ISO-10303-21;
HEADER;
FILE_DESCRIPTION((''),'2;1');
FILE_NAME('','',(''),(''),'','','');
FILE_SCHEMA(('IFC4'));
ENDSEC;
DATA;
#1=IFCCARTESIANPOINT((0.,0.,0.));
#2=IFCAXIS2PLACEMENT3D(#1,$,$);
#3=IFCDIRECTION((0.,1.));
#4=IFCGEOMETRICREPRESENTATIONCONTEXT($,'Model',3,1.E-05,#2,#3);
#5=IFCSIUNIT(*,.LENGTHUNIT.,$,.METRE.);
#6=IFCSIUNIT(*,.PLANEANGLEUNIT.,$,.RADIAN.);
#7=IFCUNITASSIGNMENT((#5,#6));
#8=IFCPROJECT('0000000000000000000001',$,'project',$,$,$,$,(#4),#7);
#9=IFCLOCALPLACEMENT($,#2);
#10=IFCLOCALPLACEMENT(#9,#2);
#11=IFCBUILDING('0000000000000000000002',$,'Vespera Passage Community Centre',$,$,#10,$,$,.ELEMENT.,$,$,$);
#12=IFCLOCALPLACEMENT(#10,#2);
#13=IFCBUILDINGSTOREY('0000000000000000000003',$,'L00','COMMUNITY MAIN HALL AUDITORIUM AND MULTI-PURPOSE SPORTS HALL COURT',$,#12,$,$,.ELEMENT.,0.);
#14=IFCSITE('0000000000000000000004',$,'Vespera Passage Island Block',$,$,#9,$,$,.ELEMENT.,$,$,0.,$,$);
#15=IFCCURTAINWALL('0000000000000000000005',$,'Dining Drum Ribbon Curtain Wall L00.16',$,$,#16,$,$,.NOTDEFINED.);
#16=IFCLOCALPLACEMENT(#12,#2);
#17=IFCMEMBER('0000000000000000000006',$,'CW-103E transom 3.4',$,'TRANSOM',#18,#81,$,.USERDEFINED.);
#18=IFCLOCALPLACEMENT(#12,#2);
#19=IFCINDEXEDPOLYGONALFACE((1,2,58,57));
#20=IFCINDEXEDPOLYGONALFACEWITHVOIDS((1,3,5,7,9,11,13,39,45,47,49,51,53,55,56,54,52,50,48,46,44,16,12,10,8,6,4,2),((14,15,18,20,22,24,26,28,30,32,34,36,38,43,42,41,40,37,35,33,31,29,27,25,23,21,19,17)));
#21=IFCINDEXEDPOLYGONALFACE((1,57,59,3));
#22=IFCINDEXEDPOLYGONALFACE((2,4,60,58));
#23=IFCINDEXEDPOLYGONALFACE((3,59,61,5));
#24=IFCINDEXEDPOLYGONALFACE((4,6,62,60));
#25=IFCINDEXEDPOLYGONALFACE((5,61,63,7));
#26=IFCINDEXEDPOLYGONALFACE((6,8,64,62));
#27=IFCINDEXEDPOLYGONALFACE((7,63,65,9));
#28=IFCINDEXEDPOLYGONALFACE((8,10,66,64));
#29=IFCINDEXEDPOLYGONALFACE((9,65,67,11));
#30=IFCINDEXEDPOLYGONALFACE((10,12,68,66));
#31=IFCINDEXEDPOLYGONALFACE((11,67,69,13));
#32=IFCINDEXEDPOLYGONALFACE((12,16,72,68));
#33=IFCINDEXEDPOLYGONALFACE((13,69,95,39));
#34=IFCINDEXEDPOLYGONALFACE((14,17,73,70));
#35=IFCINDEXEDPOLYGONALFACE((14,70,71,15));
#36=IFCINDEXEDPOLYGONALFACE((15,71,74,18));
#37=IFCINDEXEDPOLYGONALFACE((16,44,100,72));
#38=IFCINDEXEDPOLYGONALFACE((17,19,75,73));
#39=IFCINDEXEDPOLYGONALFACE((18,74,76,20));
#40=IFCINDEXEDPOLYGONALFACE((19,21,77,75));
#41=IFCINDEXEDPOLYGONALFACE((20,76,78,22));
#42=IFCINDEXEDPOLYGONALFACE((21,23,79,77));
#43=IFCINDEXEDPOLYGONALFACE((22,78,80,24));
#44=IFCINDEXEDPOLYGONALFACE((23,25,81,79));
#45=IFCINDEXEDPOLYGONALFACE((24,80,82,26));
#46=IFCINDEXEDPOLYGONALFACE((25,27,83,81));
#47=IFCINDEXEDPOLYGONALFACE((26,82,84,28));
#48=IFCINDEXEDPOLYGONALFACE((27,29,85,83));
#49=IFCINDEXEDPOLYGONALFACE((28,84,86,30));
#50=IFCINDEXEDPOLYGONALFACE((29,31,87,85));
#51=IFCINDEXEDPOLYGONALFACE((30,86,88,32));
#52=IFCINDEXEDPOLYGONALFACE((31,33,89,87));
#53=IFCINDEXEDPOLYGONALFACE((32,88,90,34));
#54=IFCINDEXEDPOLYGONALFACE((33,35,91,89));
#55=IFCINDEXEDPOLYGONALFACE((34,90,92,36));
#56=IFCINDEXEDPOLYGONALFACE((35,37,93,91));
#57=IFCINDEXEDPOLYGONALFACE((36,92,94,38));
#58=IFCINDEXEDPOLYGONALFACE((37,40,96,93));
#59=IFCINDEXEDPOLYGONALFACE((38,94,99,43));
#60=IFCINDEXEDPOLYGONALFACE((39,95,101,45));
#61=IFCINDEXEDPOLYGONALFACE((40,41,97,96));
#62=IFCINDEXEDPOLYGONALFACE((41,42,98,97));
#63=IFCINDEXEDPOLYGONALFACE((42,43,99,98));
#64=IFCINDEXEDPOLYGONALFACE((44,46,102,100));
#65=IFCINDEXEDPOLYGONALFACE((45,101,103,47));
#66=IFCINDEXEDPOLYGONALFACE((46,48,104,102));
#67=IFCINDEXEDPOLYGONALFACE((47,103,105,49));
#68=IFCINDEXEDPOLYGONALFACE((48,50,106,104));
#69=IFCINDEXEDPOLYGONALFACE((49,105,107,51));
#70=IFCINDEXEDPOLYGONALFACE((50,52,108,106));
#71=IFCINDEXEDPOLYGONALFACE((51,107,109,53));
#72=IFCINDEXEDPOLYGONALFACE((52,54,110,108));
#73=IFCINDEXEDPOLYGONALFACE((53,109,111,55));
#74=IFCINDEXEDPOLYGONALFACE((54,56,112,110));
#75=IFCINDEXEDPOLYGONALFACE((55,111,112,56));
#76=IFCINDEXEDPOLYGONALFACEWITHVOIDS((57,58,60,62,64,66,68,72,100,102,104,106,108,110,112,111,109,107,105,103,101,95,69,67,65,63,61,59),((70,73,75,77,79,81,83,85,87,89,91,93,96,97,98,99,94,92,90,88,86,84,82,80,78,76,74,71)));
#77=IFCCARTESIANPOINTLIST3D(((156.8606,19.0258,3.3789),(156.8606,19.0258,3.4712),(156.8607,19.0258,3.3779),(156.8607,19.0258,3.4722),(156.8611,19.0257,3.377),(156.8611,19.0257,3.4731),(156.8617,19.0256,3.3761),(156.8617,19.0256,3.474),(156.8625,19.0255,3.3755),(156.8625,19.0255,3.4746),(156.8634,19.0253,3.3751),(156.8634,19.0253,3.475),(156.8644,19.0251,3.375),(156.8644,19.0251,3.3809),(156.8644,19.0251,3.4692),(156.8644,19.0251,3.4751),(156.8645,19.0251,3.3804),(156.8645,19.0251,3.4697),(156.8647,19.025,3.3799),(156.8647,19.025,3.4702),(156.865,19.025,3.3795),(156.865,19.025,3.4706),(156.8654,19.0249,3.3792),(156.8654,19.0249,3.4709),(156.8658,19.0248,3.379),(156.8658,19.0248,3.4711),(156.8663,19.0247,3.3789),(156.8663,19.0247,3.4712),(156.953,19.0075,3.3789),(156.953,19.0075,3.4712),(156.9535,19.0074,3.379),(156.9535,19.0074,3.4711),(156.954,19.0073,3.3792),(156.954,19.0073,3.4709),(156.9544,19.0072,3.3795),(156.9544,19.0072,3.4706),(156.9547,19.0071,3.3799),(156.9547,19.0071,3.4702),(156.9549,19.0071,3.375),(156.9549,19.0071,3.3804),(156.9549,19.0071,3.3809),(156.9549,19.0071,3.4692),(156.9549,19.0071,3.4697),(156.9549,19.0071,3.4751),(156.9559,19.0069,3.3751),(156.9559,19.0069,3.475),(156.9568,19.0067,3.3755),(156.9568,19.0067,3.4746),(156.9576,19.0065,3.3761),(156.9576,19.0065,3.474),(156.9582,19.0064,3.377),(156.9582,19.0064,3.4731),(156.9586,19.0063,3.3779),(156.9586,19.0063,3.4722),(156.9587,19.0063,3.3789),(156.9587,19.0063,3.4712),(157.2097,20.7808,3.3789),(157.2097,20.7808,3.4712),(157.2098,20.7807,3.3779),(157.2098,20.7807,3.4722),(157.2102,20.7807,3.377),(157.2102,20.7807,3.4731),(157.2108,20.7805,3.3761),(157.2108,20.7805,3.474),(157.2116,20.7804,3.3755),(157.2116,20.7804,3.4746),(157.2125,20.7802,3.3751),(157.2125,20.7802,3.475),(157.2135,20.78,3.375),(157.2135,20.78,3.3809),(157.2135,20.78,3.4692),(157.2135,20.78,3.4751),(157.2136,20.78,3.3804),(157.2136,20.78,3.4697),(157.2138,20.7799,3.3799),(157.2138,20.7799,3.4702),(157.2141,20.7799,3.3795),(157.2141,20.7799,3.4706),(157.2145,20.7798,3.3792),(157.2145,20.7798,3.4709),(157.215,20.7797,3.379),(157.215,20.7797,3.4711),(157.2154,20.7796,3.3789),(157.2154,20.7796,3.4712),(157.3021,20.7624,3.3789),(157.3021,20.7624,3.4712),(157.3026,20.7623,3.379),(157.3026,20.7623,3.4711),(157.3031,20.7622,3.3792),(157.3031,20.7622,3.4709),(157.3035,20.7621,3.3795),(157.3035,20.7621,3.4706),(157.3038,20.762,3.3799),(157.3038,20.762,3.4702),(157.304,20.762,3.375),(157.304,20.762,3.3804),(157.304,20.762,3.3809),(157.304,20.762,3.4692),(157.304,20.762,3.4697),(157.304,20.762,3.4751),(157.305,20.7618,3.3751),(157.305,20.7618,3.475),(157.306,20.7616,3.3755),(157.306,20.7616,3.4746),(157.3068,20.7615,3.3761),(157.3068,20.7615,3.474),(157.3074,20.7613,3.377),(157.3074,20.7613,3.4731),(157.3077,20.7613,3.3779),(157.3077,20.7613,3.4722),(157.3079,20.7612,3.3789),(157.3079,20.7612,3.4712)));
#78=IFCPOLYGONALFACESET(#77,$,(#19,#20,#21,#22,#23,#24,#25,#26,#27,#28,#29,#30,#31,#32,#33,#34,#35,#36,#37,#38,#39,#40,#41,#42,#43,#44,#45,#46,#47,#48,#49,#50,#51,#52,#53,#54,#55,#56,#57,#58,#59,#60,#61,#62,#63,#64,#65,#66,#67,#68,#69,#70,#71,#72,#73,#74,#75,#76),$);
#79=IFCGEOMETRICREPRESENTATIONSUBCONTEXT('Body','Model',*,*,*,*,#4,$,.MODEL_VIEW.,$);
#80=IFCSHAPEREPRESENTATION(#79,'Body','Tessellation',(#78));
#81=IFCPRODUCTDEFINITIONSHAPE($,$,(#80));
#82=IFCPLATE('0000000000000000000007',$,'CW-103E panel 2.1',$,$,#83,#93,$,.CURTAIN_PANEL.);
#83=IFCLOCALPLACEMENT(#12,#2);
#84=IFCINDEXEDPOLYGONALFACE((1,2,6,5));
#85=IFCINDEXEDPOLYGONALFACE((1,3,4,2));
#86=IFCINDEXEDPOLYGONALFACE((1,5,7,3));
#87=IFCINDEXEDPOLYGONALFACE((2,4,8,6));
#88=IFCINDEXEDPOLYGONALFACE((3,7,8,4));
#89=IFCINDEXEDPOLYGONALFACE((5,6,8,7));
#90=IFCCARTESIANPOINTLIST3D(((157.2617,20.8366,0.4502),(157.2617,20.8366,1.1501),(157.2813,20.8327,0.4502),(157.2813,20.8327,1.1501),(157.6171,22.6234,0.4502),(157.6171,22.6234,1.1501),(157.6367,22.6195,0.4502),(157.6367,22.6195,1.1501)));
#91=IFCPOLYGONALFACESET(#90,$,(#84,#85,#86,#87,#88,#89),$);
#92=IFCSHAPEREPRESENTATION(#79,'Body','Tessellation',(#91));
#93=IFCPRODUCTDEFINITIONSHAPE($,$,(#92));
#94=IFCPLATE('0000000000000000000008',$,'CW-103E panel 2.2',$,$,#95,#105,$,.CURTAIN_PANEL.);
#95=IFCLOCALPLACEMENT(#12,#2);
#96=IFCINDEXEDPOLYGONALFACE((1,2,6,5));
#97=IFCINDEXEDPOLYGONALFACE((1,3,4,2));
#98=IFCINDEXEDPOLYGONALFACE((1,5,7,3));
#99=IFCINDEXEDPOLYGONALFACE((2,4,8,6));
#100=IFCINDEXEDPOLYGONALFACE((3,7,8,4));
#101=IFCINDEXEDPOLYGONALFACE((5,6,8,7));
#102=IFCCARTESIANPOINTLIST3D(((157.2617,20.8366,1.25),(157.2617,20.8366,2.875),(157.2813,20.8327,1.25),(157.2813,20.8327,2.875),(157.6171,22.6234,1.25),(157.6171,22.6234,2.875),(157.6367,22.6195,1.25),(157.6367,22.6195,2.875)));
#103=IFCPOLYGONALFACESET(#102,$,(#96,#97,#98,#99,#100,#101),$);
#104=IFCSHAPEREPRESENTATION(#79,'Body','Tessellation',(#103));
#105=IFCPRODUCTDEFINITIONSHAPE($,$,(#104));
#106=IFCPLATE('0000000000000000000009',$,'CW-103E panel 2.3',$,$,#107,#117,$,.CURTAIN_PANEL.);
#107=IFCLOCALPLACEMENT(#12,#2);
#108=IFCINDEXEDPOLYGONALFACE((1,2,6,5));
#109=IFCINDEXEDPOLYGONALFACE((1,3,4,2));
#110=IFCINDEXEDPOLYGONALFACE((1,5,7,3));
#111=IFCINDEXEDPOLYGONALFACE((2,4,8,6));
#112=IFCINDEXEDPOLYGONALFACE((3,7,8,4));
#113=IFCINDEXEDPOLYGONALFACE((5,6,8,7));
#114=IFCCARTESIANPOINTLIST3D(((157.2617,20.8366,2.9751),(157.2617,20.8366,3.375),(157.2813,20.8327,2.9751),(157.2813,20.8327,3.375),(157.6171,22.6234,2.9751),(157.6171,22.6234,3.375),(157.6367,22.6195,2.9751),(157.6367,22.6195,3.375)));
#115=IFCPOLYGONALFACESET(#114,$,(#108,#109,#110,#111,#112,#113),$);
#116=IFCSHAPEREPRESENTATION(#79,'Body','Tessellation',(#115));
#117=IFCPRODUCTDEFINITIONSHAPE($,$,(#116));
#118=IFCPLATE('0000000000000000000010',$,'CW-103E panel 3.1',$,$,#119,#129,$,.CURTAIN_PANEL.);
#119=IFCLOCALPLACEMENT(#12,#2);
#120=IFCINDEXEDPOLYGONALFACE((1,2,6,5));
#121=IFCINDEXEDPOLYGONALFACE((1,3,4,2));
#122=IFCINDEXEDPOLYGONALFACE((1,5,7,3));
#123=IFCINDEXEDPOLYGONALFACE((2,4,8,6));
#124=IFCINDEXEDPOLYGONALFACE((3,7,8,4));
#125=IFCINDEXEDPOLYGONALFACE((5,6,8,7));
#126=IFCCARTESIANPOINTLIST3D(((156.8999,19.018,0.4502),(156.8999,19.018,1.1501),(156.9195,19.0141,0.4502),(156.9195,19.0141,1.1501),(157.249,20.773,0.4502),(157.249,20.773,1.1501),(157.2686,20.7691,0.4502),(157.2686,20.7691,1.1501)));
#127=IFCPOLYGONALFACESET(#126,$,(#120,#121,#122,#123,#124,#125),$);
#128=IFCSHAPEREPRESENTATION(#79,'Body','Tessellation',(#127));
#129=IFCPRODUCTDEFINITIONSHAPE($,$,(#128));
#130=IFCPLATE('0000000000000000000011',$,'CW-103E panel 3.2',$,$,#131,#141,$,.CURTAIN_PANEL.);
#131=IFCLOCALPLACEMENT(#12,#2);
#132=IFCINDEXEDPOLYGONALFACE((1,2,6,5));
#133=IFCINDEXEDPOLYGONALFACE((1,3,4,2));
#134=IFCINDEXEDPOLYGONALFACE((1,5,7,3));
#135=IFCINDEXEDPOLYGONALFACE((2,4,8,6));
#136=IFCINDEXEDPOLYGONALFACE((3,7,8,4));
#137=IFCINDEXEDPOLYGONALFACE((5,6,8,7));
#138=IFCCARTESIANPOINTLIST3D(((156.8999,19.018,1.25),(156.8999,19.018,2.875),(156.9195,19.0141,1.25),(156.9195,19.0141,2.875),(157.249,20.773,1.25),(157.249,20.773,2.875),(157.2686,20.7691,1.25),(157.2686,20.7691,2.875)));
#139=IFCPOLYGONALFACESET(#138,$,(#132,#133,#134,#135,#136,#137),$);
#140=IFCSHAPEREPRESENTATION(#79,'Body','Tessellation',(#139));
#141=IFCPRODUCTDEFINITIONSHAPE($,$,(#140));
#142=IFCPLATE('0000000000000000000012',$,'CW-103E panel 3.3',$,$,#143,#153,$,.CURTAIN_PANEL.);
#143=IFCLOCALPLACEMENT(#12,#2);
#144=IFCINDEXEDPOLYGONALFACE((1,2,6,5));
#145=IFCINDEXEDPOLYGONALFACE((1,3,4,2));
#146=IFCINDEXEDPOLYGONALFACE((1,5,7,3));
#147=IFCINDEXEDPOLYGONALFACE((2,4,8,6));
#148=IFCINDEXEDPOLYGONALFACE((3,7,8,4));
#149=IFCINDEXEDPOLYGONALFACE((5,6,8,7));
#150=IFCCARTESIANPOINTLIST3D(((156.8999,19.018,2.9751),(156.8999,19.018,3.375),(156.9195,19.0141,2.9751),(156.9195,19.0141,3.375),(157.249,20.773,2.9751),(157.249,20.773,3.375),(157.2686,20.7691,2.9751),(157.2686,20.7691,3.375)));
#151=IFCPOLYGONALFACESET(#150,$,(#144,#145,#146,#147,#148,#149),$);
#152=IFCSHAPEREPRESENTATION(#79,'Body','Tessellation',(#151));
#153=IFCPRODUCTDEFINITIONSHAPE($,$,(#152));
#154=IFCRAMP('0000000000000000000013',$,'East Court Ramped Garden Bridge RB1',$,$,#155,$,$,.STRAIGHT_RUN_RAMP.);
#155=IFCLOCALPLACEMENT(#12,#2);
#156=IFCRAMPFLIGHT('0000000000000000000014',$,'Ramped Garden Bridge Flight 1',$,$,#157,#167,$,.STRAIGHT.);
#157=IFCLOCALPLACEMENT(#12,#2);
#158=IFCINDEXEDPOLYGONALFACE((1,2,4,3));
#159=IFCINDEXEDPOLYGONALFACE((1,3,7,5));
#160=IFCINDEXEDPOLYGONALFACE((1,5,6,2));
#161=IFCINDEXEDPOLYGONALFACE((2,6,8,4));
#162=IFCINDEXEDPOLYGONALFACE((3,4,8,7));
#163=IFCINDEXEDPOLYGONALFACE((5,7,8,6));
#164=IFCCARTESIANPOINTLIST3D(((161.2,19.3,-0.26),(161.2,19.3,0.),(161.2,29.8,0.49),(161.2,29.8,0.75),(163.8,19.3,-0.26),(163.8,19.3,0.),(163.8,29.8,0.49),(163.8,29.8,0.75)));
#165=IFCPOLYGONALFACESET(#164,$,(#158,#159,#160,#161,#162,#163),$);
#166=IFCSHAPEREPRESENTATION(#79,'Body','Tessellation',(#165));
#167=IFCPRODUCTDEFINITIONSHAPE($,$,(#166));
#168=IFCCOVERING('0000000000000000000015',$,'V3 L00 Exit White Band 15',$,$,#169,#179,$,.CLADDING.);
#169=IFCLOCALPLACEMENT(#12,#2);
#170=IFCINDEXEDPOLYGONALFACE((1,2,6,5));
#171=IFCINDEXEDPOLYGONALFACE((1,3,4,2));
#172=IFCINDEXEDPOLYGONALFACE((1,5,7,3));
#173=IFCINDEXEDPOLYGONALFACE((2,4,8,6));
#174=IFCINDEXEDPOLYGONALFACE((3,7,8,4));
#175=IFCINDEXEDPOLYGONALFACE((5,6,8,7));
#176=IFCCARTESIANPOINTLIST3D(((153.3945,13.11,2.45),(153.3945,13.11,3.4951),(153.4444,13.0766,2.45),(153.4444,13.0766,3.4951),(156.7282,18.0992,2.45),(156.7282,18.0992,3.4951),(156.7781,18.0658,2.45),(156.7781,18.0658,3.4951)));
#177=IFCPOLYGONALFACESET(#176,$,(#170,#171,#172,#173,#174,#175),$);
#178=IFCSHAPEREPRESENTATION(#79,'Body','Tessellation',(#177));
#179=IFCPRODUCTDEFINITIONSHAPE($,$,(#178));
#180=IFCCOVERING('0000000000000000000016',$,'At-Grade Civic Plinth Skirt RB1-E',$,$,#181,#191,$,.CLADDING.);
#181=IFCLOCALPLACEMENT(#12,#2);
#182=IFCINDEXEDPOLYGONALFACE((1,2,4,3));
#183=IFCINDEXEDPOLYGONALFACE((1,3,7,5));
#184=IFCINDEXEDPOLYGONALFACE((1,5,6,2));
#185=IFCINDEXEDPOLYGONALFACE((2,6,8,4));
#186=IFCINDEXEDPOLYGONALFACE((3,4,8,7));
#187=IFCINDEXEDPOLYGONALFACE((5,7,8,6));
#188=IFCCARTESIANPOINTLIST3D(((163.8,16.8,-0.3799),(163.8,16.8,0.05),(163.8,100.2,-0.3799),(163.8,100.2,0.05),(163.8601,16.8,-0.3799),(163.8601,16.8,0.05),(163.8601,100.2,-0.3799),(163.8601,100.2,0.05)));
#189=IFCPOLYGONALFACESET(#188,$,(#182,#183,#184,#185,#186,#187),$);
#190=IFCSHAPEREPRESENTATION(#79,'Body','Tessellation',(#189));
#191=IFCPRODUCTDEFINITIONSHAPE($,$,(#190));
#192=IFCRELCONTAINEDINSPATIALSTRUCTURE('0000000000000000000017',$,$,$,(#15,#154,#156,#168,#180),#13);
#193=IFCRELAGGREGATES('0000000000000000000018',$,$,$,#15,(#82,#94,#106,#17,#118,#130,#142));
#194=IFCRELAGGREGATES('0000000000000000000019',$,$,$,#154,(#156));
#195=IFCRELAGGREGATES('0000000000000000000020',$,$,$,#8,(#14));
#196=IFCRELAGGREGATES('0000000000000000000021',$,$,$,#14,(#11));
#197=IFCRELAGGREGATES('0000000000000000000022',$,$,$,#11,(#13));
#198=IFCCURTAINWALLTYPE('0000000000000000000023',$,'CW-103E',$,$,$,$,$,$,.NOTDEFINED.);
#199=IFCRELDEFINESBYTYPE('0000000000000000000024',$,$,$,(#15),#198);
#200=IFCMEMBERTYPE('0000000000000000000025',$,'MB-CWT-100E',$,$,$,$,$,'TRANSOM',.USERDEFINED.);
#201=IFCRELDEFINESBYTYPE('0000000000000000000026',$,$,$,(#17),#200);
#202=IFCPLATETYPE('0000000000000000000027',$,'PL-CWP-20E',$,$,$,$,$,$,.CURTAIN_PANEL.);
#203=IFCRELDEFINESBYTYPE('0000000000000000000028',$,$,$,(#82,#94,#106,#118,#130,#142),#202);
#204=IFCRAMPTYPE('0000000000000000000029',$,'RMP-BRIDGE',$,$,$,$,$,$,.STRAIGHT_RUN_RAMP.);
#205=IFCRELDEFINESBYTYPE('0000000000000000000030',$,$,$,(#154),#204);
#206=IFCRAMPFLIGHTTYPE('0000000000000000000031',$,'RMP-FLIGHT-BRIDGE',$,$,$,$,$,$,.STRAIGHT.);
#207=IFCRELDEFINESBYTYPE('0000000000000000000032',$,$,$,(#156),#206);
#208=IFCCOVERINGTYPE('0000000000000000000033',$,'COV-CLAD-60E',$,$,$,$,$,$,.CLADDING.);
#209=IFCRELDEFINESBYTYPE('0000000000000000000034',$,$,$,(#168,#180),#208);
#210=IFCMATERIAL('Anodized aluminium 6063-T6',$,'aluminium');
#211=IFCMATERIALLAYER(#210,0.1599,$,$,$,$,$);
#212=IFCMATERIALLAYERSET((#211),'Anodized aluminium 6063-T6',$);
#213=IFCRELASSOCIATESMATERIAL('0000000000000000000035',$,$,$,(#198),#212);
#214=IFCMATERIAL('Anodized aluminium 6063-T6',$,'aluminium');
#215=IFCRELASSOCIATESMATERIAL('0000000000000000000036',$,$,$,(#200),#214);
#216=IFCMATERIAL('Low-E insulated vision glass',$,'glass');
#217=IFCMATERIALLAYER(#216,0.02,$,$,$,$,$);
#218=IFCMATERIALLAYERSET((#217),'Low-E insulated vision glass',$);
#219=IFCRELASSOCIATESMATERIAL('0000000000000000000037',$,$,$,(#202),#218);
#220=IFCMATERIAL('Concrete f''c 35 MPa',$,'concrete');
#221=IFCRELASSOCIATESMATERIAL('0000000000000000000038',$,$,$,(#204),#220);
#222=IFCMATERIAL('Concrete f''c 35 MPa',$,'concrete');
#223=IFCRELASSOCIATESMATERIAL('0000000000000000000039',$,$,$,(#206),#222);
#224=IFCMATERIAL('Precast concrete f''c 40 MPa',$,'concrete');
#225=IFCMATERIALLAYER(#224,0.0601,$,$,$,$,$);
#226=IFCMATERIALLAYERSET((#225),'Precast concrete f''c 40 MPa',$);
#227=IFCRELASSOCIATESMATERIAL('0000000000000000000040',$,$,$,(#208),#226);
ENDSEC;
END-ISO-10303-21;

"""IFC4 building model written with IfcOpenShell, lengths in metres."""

from ifc_helpers import new_model, si_unit, direction, frame, frame_2d, origin, origin_2d, place, context, subcontext, project, spatial, polyline, rectangle, hollow_rectangle, outline, extrude, material, layer, layer_set, material_profile, profile_set, type_object, element, aggregate, save


model = new_model("IFC4")

# Units and contexts
model_context = context("Model", 3, precision=1e-05, world=origin(), true_north=direction((0.0, 1.0)))
body_context = subcontext(model_context, "Body", "Model", "MODEL_VIEW")
ifc_project = project(units=[si_unit("LENGTHUNIT", "METRE"), si_unit("PLANEANGLEUNIT", "RADIAN")], contexts=[model_context])

# Site, building, storey
site_placement = place(None, origin())
site = spatial("IfcSite", under=ifc_project, at=site_placement, Name="Vespera Passage Island Block", CompositionType="ELEMENT", RefElevation=0.0)
building_placement = place(site_placement, origin())
building = spatial("IfcBuilding", under=site, at=building_placement, Name="Vespera Passage Community Centre", CompositionType="ELEMENT")
storey_placement = place(building_placement, origin())
storey = spatial("IfcBuildingStorey", under=building, at=storey_placement, Name="L00", Description="COMMUNITY MAIN HALL AUDITORIUM AND MULTI-PURPOSE SPORTS HALL COURT", CompositionType="ELEMENT", Elevation=0.0)

# Curtain wall, member, plates
ifc_material_1 = material(Name="Anodized aluminium 6063-T6", Category="aluminium")
ifc_layer_1 = layer(ifc_material_1, 0.1599)
ifc_layer_set_1 = layer_set([ifc_layer_1], Name="Anodized aluminium 6063-T6")
curtain_wall_type = type_object("IfcCurtainWallType", Name="CW-103E", PredefinedType="NOTDEFINED", material=ifc_layer_set_1)
curtain_wall_placement = place(storey_placement, origin())
curtain_wall = element("IfcCurtainWall", 1, at=curtain_wall_placement, inside=storey, type_object=curtain_wall_type, Name="Dining Drum Ribbon Curtain Wall L00.16", PredefinedType="NOTDEFINED")
ifc_material_2 = material(Name="Anodized aluminium 6063-T6", Category="aluminium")
ifc_material_profile_1 = material_profile(ifc_material_2, hollow_rectangle(XDim=0.1001, YDim=0.1001, WallThickness=0.0039, InnerFilletRadius=0.002, OuterFilletRadius=0.0039, at=origin_2d()), Name="ALU100X100X4")
ifc_profile_set_1 = profile_set([ifc_material_profile_1], Name="Anodized aluminium 6063-T6")
member_type_1 = type_object("IfcMemberType", Name="MB-CWT-100E", ElementType="TRANSOM", PredefinedType="USERDEFINED", material=ifc_profile_set_1)
member_1_placement = place(storey_placement, frame((157.2588, 20.771, 3.425), z_axis=(-0.195119, -0.98078, 0.0), x_axis=(0.98078, -0.195119, 0.0)))
member_1 = element("IfcMember", 2, at=member_1_placement, type_object=member_type_1, Name="CW-103E transom 3.4", ObjectType="TRANSOM", PredefinedType="USERDEFINED", context=body_context, shape_type="SweptSolid", body=[
    extrude(hollow_rectangle(XDim=0.1001, YDim=0.1001, WallThickness=0.0039, InnerFilletRadius=0.002, OuterFilletRadius=0.0039, at=origin_2d()), origin(), (0.0, 0.0, 1.0), 1.7893),
])
ifc_material_3 = material(Name="Low-E insulated vision glass", Category="glass")
ifc_layer_2 = layer(ifc_material_3, 0.02)
ifc_layer_set_2 = layer_set([ifc_layer_2], Name="Low-E insulated vision glass")
plate_type = type_object("IfcPlateType", Name="PL-CWP-20E", PredefinedType="CURTAIN_PANEL", material=ifc_layer_set_2)
plate_1_placement = place(storey_placement, frame((157.4492, 21.728, 0.4502), z_axis=(0.0, 0.0, 1.0), x_axis=(-0.195097, -0.980784, 0.0)))
plate_1 = element("IfcPlate", 3, at=plate_1_placement, type_object=plate_type, Name="CW-103E panel 2.1", PredefinedType="CURTAIN_PANEL", context=body_context, shape_type="SweptSolid", body=[
    extrude(rectangle(XDim=1.8218, YDim=0.02, at=origin_2d()), origin(), (0.0, 0.0, 1.0), 0.7),
])
plate_2_placement = place(storey_placement, frame((157.4492, 21.728, 1.25), z_axis=(0.0, 0.0, 1.0), x_axis=(-0.195097, -0.980784, 0.0)))
plate_2 = element("IfcPlate", 4, at=plate_2_placement, type_object=plate_type, Name="CW-103E panel 2.2", PredefinedType="CURTAIN_PANEL", context=body_context, shape_type="SweptSolid", body=[
    extrude(rectangle(XDim=1.8218, YDim=0.02, at=origin_2d()), origin(), (0.0, 0.0, 1.0), 1.625),
])
plate_3_placement = place(storey_placement, frame((157.4492, 21.728, 2.9751), z_axis=(0.0, 0.0, 1.0), x_axis=(-0.195097, -0.980784, 0.0)))
plate_3 = element("IfcPlate", 5, at=plate_3_placement, type_object=plate_type, Name="CW-103E panel 2.3", PredefinedType="CURTAIN_PANEL", context=body_context, shape_type="SweptSolid", body=[
    extrude(rectangle(XDim=1.8218, YDim=0.02, at=origin_2d()), origin(), (0.0, 0.0, 1.0), 0.3999),
])
plate_4_placement = place(storey_placement, frame((157.0842, 19.8936, 0.4502), z_axis=(0.0, 0.0, 1.0), x_axis=(-0.195097, -0.980784, 0.0)))
plate_4 = element("IfcPlate", 6, at=plate_4_placement, type_object=plate_type, Name="CW-103E panel 3.1", PredefinedType="CURTAIN_PANEL", context=body_context, shape_type="SweptSolid", body=[
    extrude(rectangle(XDim=1.7893, YDim=0.02, at=origin_2d()), origin(), (0.0, 0.0, 1.0), 0.7),
])
plate_5_placement = place(storey_placement, frame((157.0842, 19.8936, 1.25), z_axis=(0.0, 0.0, 1.0), x_axis=(-0.195097, -0.980784, 0.0)))
plate_5 = element("IfcPlate", 7, at=plate_5_placement, type_object=plate_type, Name="CW-103E panel 3.2", PredefinedType="CURTAIN_PANEL", context=body_context, shape_type="SweptSolid", body=[
    extrude(rectangle(XDim=1.7893, YDim=0.02, at=origin_2d()), origin(), (0.0, 0.0, 1.0), 1.625),
])
plate_6_placement = place(storey_placement, frame((157.0842, 19.8936, 2.9751), z_axis=(0.0, 0.0, 1.0), x_axis=(-0.195097, -0.980784, 0.0)))
plate_6 = element("IfcPlate", 8, at=plate_6_placement, type_object=plate_type, Name="CW-103E panel 3.3", PredefinedType="CURTAIN_PANEL", context=body_context, shape_type="SweptSolid", body=[
    extrude(rectangle(XDim=1.7893, YDim=0.02, at=origin_2d()), origin(), (0.0, 0.0, 1.0), 0.3999),
])
aggregate(curtain_wall, [plate_1, plate_2, plate_3, member_1, plate_4, plate_5, plate_6])

# Ramp, ramp flight
ifc_material_4 = material(Name="Concrete f'c 35 MPa", Category="concrete")
ramp_type = type_object("IfcRampType", Name="RMP-BRIDGE", PredefinedType="STRAIGHT_RUN_RAMP", material=ifc_material_4)
ramp_placement = place(storey_placement, origin())
ramp = element("IfcRamp", 9, at=ramp_placement, inside=storey, type_object=ramp_type, Name="East Court Ramped Garden Bridge RB1", PredefinedType="STRAIGHT_RUN_RAMP")
ifc_material_5 = material(Name="Concrete f'c 35 MPa", Category="concrete")
ramp_flight_type = type_object("IfcRampFlightType", Name="RMP-FLIGHT-BRIDGE", PredefinedType="STRAIGHT", material=ifc_material_5)
ramp_flight_placement = place(storey_placement, frame((162.5, 19.3, 0.0), z_axis=(0.0, 0.0, 1.0), x_axis=(0.0, 1.0, 0.0)))
ramp_flight = element("IfcRampFlight", 10, at=ramp_flight_placement, inside=storey, type_object=ramp_flight_type, Name="Ramped Garden Bridge Flight 1", PredefinedType="STRAIGHT", context=body_context, shape_type="SweptSolid", body=[
    extrude(outline(polyline([(0.0, 0.0), (10.5, 0.75), (10.5, 0.49), (0.0, -0.26), (0.0, 0.0)])), frame((0.0, 1.3, 0.0), z_axis=(0.0, -1.0, 0.0), x_axis=(1.0, 0.0, 0.0)), (0.0, 0.0, 1.0), 2.6001),
])
aggregate(ramp, [ramp_flight])

# Coverings
ifc_material_6 = material(Name="Precast concrete f'c 40 MPa", Category="concrete")
ifc_layer_3 = layer(ifc_material_6, 0.0601)
ifc_layer_set_3 = layer_set([ifc_layer_3], Name="Precast concrete f'c 40 MPa")
covering_type = type_object("IfcCoveringType", Name="COV-CLAD-60E", PredefinedType="CLADDING", material=ifc_layer_set_3)
covering_1_placement = place(storey_placement, frame((156.7532, 18.0825, 2.45), z_axis=(0.0, 0.0, 1.0), x_axis=(-0.555573, -0.831468, 0.0)))
element("IfcCovering", 11, at=covering_1_placement, inside=storey, type_object=covering_type, Name="V3 L00 Exit White Band 15", PredefinedType="CLADDING", context=body_context, shape_type="SweptSolid", body=[
    extrude(rectangle(XDim=6.0005, YDim=0.0601, at=frame_2d((3.0002, 0.0))), origin(), (0.0, 0.0, 1.0), 1.0452),
])
covering_2_placement = place(storey_placement, frame((163.8301, 16.8, -0.3799), z_axis=(0.0, 0.0, 1.0), x_axis=(0.0, 1.0, 0.0)))
element("IfcCovering", 12, at=covering_2_placement, inside=storey, type_object=covering_type, Name="At-Grade Civic Plinth Skirt RB1-E", PredefinedType="CLADDING", context=body_context, shape_type="SweptSolid", body=[
    extrude(rectangle(XDim=83.3999, YDim=0.0601, at=frame_2d((41.7, 0.0))), origin(), (0.0, 0.0, 1.0), 0.4299),
])

save(model, "model.ifc")
